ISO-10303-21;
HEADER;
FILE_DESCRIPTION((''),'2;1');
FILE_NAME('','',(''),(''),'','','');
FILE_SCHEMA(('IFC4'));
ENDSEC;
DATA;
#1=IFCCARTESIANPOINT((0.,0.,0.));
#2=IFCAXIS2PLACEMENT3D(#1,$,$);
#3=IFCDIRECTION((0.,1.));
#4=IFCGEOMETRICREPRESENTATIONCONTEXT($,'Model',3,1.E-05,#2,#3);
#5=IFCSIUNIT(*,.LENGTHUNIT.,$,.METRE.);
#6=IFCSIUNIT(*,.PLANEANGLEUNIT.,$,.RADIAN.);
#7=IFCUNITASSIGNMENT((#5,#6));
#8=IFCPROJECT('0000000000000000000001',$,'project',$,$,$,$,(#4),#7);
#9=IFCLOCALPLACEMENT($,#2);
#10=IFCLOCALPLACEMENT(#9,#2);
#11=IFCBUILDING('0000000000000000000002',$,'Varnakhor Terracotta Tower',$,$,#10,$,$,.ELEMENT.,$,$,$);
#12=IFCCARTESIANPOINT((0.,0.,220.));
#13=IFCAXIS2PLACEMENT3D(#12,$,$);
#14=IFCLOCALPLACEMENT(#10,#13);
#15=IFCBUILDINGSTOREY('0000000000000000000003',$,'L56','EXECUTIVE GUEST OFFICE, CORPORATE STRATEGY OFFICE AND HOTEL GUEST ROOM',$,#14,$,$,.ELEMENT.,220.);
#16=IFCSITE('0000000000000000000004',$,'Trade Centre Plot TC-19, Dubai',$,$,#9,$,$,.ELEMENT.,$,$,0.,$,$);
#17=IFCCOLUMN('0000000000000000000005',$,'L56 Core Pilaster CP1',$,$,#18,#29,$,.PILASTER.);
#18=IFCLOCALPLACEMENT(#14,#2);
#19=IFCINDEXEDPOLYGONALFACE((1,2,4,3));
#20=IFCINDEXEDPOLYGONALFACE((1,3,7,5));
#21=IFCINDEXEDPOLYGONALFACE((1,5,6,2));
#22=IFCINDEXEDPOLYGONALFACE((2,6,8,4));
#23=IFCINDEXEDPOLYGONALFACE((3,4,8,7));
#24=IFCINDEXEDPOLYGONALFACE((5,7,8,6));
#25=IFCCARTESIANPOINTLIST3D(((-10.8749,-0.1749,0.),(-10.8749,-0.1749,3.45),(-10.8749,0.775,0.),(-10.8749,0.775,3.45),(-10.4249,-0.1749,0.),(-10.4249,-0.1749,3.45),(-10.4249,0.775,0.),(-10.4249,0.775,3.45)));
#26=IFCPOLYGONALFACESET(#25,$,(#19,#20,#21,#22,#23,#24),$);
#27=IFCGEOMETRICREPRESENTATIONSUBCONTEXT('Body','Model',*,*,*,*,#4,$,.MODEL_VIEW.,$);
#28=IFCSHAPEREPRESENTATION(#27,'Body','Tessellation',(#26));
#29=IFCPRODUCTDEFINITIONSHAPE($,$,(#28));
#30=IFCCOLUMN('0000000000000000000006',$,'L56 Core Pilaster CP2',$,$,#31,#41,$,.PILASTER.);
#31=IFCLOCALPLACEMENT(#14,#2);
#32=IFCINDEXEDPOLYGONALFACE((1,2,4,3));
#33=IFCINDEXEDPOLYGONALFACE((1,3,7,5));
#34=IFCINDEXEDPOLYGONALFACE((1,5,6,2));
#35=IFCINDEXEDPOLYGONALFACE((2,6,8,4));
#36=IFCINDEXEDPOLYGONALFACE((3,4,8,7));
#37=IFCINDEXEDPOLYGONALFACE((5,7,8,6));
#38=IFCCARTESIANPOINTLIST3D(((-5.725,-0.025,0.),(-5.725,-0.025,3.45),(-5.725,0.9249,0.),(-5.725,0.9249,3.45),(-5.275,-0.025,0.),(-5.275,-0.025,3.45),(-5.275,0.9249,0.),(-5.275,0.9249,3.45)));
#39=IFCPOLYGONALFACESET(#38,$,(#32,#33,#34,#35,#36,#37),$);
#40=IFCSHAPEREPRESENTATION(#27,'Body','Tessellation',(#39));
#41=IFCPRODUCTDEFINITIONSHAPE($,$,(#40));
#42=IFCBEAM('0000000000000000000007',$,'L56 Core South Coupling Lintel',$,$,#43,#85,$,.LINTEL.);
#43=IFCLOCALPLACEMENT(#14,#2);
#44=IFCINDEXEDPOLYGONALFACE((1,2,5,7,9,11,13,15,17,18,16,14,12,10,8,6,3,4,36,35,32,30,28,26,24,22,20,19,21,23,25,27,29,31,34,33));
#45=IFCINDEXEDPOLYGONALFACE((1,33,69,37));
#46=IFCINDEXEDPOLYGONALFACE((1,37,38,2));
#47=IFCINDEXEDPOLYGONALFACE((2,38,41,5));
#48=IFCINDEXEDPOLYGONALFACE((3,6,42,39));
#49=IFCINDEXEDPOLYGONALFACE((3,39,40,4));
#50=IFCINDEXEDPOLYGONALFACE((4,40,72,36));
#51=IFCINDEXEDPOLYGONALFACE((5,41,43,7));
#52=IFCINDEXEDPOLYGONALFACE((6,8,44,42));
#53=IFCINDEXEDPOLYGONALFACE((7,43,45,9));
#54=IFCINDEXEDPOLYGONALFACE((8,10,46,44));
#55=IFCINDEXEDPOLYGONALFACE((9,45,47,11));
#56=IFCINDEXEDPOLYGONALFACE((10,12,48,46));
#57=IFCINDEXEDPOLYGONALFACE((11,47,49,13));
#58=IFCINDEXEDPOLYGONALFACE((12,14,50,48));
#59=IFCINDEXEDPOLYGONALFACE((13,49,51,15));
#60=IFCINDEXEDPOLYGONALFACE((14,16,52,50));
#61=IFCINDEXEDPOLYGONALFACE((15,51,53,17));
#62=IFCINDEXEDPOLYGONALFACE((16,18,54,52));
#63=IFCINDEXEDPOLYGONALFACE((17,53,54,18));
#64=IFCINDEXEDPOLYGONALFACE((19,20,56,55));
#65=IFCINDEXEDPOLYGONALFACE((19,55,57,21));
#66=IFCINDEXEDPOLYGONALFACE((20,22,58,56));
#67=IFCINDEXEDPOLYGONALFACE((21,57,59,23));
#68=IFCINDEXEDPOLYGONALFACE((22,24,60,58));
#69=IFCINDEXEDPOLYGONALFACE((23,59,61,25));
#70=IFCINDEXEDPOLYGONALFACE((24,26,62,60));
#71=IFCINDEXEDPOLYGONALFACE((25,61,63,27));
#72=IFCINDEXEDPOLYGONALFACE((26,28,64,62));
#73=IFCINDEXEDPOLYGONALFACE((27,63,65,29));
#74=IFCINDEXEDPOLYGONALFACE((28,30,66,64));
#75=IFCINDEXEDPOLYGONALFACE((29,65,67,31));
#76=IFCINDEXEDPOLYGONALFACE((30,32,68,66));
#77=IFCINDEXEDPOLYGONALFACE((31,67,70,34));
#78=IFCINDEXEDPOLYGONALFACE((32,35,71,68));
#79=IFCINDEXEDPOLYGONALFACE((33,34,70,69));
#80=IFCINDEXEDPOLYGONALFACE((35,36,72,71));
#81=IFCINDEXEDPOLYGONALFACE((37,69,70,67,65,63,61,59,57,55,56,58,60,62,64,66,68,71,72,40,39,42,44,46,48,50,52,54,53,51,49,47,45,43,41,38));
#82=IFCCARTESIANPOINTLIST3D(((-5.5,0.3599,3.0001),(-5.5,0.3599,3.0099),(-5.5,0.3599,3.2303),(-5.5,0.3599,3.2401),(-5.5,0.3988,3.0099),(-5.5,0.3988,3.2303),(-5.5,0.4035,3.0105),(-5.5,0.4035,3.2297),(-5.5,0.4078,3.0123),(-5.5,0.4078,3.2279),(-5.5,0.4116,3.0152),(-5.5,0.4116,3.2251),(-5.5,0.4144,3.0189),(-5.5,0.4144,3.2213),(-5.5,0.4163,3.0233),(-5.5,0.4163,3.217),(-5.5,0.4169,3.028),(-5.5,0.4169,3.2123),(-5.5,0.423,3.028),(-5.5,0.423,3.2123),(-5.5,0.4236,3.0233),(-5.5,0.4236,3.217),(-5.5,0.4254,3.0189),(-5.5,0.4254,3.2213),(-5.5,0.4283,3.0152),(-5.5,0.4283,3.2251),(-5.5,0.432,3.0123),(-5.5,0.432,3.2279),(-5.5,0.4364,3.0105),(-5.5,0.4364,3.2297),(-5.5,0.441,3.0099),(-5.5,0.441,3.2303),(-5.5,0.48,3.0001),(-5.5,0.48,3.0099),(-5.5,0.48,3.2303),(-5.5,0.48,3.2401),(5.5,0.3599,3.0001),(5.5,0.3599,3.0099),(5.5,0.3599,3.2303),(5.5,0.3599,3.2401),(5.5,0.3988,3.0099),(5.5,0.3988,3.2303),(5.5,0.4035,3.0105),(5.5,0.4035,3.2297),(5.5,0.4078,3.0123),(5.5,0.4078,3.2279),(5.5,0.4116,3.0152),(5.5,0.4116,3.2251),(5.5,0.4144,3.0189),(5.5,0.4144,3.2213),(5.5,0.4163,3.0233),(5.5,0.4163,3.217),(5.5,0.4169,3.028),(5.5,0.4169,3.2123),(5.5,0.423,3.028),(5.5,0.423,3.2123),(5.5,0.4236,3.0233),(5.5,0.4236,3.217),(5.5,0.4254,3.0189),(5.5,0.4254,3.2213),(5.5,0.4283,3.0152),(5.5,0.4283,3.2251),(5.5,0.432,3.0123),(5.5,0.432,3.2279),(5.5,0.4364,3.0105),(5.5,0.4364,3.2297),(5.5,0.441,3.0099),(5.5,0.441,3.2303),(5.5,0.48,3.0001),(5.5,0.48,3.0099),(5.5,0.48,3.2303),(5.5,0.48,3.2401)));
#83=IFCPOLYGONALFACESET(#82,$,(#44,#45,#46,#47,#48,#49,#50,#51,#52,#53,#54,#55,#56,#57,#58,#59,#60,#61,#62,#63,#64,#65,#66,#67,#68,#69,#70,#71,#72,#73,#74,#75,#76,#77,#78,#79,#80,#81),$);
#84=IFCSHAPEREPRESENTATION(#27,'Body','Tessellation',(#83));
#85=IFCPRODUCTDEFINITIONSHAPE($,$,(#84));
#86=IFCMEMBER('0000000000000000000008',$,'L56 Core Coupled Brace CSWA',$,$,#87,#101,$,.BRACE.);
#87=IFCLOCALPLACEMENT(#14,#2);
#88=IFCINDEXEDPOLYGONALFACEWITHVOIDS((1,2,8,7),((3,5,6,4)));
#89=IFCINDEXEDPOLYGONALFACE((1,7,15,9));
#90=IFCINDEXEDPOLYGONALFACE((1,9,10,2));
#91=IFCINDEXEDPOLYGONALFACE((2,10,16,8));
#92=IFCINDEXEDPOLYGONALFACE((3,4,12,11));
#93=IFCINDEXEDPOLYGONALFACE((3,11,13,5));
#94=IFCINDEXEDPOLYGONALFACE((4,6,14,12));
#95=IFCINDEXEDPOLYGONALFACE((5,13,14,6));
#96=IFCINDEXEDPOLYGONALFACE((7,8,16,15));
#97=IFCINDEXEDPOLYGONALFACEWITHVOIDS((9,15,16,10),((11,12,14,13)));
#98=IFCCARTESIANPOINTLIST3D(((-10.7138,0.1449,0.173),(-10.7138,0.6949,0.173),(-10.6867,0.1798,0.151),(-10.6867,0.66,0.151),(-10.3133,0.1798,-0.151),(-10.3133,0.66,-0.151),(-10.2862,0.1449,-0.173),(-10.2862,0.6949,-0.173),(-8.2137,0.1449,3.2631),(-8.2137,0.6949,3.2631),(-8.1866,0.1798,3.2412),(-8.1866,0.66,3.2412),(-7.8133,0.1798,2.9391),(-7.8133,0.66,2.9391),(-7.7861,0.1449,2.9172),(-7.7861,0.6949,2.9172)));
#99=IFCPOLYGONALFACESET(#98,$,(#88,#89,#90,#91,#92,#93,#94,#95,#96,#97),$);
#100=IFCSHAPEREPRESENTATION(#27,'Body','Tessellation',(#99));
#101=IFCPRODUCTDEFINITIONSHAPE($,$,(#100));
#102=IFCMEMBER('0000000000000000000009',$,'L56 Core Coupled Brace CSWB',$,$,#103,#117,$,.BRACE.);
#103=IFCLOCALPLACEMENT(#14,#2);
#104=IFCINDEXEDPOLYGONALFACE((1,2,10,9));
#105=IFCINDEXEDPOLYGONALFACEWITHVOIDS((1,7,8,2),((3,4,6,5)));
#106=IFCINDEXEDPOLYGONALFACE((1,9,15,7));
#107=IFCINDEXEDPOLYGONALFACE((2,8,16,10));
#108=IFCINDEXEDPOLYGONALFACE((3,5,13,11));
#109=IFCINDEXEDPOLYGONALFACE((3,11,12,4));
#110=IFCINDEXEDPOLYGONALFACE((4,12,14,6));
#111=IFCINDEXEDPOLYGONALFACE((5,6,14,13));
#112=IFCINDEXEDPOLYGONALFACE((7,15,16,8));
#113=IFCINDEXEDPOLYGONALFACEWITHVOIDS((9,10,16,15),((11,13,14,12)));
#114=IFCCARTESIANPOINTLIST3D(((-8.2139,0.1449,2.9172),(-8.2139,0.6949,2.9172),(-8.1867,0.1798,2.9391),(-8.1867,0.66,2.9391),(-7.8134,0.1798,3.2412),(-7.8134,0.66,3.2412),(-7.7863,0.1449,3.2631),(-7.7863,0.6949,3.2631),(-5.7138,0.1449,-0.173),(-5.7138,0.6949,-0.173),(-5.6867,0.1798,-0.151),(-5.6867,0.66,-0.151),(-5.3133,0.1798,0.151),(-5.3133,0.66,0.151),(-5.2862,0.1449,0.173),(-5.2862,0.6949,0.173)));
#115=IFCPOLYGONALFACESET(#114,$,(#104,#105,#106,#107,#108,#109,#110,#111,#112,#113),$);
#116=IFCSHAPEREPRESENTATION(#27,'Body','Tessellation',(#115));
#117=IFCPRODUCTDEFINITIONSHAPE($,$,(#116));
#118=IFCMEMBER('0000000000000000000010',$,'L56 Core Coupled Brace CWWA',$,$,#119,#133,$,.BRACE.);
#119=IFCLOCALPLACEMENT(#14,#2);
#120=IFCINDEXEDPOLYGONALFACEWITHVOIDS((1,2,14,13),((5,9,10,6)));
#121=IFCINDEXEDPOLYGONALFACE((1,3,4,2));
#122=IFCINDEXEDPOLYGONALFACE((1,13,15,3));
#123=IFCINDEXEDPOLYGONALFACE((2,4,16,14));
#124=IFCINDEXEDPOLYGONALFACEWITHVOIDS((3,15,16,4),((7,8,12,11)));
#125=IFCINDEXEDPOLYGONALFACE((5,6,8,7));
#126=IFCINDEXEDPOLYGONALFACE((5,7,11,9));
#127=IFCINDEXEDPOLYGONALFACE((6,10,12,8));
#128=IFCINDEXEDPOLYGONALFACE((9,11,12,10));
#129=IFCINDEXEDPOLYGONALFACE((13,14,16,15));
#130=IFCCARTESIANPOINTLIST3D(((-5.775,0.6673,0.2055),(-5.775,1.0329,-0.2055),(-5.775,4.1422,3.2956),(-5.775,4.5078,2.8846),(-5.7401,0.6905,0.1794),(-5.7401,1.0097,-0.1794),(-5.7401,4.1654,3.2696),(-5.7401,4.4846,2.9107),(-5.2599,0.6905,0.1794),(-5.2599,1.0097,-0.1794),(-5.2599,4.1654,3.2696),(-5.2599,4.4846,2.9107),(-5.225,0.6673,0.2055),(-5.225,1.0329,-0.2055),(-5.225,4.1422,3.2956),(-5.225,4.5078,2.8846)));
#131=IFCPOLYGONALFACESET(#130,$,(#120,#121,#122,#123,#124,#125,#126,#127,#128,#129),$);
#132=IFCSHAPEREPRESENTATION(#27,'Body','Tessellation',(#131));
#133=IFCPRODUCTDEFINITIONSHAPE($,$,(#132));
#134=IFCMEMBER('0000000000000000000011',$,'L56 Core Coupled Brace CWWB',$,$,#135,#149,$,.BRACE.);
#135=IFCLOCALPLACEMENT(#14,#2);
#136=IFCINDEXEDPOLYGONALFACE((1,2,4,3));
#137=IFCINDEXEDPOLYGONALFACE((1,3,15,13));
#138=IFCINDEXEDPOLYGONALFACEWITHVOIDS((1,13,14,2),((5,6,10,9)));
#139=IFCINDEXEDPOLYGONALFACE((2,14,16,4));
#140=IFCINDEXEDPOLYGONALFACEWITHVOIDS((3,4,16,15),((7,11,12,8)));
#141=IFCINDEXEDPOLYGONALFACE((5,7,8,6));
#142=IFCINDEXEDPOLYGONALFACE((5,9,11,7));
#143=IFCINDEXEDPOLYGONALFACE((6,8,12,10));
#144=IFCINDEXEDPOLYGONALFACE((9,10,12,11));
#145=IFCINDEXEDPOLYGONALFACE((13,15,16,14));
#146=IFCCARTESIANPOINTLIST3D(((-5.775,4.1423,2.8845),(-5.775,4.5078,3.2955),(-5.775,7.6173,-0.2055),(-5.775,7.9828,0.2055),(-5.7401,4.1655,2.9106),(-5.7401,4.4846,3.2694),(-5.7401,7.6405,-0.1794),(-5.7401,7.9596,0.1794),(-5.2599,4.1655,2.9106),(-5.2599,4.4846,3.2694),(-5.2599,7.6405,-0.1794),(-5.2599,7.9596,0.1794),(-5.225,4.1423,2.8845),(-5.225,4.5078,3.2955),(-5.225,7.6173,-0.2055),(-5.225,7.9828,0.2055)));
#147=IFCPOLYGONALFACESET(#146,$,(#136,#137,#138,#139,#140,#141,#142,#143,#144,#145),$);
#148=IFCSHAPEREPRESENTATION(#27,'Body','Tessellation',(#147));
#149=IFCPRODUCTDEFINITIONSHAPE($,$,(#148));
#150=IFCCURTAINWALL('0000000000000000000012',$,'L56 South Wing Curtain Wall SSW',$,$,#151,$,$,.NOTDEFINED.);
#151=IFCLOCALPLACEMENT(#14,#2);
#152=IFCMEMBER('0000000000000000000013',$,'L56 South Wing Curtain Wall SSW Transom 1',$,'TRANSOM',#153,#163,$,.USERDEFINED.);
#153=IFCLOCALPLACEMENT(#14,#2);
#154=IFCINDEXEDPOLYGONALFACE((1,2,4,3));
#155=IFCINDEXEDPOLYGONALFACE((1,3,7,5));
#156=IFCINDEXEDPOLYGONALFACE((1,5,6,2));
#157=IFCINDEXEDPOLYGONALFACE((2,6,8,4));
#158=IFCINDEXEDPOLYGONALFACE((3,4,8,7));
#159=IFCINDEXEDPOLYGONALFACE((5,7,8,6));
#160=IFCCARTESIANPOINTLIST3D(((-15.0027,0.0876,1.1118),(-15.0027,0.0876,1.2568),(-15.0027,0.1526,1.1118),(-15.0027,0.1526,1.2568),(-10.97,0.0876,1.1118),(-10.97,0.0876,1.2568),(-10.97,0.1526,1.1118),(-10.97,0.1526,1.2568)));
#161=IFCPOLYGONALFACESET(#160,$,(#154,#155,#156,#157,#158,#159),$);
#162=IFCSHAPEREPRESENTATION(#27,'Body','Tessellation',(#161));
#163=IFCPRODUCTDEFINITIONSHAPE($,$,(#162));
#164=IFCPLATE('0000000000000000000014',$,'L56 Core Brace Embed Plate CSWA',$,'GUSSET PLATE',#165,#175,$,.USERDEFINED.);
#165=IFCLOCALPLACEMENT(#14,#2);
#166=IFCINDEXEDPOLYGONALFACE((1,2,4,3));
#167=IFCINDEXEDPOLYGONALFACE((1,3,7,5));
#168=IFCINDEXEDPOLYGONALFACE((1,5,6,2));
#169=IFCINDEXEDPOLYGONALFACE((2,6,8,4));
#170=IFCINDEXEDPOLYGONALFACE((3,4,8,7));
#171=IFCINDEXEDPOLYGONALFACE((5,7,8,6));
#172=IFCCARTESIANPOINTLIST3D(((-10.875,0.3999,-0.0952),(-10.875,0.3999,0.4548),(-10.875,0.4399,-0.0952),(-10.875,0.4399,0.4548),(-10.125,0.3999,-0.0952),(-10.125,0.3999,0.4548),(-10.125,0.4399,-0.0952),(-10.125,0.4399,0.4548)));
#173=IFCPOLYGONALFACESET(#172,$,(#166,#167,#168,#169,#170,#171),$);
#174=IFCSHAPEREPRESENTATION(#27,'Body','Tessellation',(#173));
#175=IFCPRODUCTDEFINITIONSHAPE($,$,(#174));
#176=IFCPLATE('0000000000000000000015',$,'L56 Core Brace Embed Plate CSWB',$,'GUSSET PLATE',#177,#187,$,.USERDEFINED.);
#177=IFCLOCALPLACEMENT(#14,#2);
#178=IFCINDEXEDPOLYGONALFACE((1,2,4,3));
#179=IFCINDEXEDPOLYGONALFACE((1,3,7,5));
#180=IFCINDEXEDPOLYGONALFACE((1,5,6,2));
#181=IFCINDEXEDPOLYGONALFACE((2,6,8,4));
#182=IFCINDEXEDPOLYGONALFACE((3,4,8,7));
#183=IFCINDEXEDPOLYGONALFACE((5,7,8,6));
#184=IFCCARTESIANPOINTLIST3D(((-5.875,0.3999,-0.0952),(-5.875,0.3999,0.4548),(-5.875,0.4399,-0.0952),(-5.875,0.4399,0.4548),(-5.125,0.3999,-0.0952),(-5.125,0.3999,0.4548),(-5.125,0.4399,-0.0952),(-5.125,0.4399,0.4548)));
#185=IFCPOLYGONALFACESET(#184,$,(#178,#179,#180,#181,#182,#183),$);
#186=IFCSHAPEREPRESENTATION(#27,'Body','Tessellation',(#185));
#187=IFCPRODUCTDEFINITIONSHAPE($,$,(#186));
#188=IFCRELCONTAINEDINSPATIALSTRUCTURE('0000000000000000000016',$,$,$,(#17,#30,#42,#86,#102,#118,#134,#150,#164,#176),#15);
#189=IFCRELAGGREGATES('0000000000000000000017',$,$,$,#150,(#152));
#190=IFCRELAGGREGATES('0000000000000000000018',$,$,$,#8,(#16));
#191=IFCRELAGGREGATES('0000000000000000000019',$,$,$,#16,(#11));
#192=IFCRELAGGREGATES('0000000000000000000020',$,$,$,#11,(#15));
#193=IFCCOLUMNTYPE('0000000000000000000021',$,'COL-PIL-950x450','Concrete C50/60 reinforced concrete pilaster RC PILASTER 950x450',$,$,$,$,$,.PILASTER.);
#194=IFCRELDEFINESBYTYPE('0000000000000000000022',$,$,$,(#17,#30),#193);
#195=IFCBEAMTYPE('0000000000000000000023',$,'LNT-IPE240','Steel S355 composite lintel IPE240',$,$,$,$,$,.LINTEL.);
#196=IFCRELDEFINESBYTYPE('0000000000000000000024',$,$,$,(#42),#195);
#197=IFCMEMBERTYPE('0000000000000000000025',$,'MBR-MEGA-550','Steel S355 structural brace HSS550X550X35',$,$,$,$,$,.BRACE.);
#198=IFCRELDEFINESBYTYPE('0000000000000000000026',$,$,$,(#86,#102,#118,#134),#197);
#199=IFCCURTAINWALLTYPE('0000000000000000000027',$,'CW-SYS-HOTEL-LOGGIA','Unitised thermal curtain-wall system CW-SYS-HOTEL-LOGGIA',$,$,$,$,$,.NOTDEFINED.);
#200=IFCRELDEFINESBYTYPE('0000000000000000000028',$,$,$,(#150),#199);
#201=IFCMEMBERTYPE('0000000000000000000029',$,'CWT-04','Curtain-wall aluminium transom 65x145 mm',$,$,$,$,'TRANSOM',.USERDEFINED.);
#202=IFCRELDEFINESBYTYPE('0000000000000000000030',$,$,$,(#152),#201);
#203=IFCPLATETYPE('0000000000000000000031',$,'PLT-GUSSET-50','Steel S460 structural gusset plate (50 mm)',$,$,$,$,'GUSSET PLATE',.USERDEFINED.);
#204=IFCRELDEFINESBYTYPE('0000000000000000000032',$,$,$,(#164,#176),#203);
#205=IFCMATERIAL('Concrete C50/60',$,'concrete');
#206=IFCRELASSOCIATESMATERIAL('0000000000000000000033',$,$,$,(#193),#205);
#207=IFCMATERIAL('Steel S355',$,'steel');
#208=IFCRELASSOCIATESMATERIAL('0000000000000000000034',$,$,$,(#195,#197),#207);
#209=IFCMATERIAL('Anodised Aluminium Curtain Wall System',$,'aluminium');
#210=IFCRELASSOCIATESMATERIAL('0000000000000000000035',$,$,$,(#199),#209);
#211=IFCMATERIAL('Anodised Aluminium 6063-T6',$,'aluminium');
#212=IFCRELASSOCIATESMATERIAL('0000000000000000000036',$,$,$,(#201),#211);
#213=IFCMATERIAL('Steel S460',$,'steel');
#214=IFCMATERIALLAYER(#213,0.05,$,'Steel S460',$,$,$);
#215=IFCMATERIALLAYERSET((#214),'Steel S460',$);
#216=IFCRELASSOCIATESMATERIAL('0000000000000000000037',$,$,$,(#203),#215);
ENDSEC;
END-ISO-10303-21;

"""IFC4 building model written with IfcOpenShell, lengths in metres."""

from ifc_helpers import new_model, si_unit, direction, frame, origin, origin_2d, place, context, subcontext, project, spatial, rectangle, hollow_rectangle, i_section, extrude, source, transform, mapped, material, layer, layer_set, material_profile, profile_set, type_object, type_shapes, element, aggregate, save


model = new_model("IFC4")

# Units and contexts
model_context = context("Model", 3, precision=1e-05, world=origin(), true_north=direction((0.0, 1.0)))
body_context = subcontext(model_context, "Body", "Model", "MODEL_VIEW")
ifc_project = project(units=[si_unit("LENGTHUNIT", "METRE"), si_unit("PLANEANGLEUNIT", "RADIAN")], contexts=[model_context])

# Site, building, storey
site_placement = place(None, origin())
site = spatial("IfcSite", under=ifc_project, at=site_placement, Name="Trade Centre Plot TC-19, Dubai", CompositionType="ELEMENT", RefElevation=0.0)
building_placement = place(site_placement, origin())
building = spatial("IfcBuilding", under=site, at=building_placement, Name="Varnakhor Terracotta Tower", CompositionType="ELEMENT")
storey_placement = place(building_placement, frame((0.0, 0.0, 220.0)))
storey = spatial("IfcBuildingStorey", under=building, at=storey_placement, Name="L56", Description="EXECUTIVE GUEST OFFICE, CORPORATE STRATEGY OFFICE AND HOTEL GUEST ROOM", CompositionType="ELEMENT", Elevation=220.0)

# Columns
ifc_material_1 = material(Name="Concrete C50/60", Category="concrete")
ifc_material_profile_1 = material_profile(ifc_material_1, rectangle(XDim=0.45, YDim=0.95, at=origin_2d()), Name="RC PILASTER 950x450")
ifc_profile_set_1 = profile_set([ifc_material_profile_1], Name="Concrete C50/60")
column_type = type_object("IfcColumnType", Name="COL-PIL-950x450", Description="Concrete C50/60 reinforced concrete pilaster RC PILASTER 950x450", PredefinedType="PILASTER", material=ifc_profile_set_1)
shared_shape_1 = source(origin(), body_context, "Body", "SweptSolid", [
    extrude(rectangle(XDim=0.45, YDim=0.95, at=origin_2d()), origin(), (0.0, 0.0, 1.0), 3.45),
])
for number, where, z_axis, x_axis, name in (
    (1, (-10.6499, 0.3, 0.0), (0.0, 0.0, 1.0), (1.0, 0.0, 0.0), "L56 Core Pilaster CP1"),
    (2, (-5.5, 0.45, 0.0), (0.0, 0.0, 1.0), (1.0, 0.0, 0.0), "L56 Core Pilaster CP2"),
):
    element("IfcColumn", number, at=place(storey_placement, frame(where, z_axis=z_axis, x_axis=x_axis)), inside=storey, type_object=column_type, Name=name, PredefinedType="PILASTER", context=body_context, shape_type="MappedRepresentation", body=[
        mapped(shared_shape_1, transform((0.0, 0.0, 0.0), scale=1.0)),
    ])

# Beam
ifc_material_2 = material(Name="Steel S355", Category="steel")
ifc_material_profile_2 = material_profile(ifc_material_2, i_section(OverallWidth=0.1201, OverallDepth=0.24, WebThickness=0.0061, FlangeThickness=0.0098, FilletRadius=0.0181, at=origin_2d()), Name="IPE240")
ifc_profile_set_2 = profile_set([ifc_material_profile_2], Name="Steel S355")
beam_type = type_object("IfcBeamType", Name="LNT-IPE240", Description="Steel S355 composite lintel IPE240", PredefinedType="LINTEL", material=ifc_profile_set_2)
shared_shape_2 = source(origin(), body_context, "Body", "SweptSolid", [
    extrude(i_section(OverallWidth=0.1201, OverallDepth=0.24, WebThickness=0.0061, FlangeThickness=0.0098, FilletRadius=0.0181, at=origin_2d()), origin(), (0.0, 0.0, 1.0), 11.0),
])
type_shapes(beam_type, [shared_shape_2])
beam_placement = place(storey_placement, frame((-5.5, 0.4199, 3.1201), z_axis=(1.0, 0.0, 0.0), x_axis=(0.0, 1.0, 0.0)))
element("IfcBeam", 3, at=beam_placement, inside=storey, type_object=beam_type, Name="L56 Core South Coupling Lintel", PredefinedType="LINTEL", context=body_context, shape_type="MappedRepresentation", body=[
    mapped(shared_shape_2, transform((0.0, 0.0, 0.0), scale=1.0)),
])

# Members
ifc_material_profile_3 = material_profile(ifc_material_2, hollow_rectangle(XDim=0.55, YDim=0.55, WallThickness=0.0349, at=origin_2d()), Name="HSS550X550X35")
ifc_profile_set_3 = profile_set([ifc_material_profile_3], Name="Steel S355")
member_type_1 = type_object("IfcMemberType", Name="MBR-MEGA-550", Description="Steel S355 structural brace HSS550X550X35", PredefinedType="BRACE", material=ifc_profile_set_3)
shared_shape_3 = source(origin(), body_context, "Body", "SweptSolid", [
    extrude(hollow_rectangle(XDim=0.55, YDim=0.55, WallThickness=0.0349, at=origin_2d()), origin(), (0.0, 0.0, 1.0), 3.9749),
])
for number, where, z_axis, x_axis, name in (
    (4, (-10.5, 0.4199, 0.0), (0.62897, 0.0, 0.777429), (0.0, 1.0, 0.0), "L56 Core Coupled Brace CSWA"),
    (5, (-5.5, 0.4199, 0.0), (-0.62897, 0.0, 0.777429), (0.0, -1.0, 0.0), "L56 Core Coupled Brace CSWB"),
):
    element("IfcMember", number, at=place(storey_placement, frame(where, z_axis=z_axis, x_axis=x_axis)), inside=storey, type_object=member_type_1, Name=name, PredefinedType="BRACE", context=body_context, shape_type="MappedRepresentation", body=[
        mapped(shared_shape_3, transform((0.0, 0.0, 0.0), scale=1.0)),
    ])
shared_shape_4 = source(origin(), body_context, "Body", "SweptSolid", [
    extrude(hollow_rectangle(XDim=0.55, YDim=0.55, WallThickness=0.0349, at=origin_2d()), origin(), (0.0, 0.0, 1.0), 4.6501),
])
for number, where, z_axis, x_axis, name in (
    (6, (-5.5, 0.8501, 0.0), (0.0, 0.747267, 0.664524), (-1.0, 0.0, 0.0), "L56 Core Coupled Brace CWWA"),
    (7, (-5.5, 7.8, 0.0), (0.0, -0.747291, 0.664497), (1.0, 0.0, 0.0), "L56 Core Coupled Brace CWWB"),
):
    element("IfcMember", number, at=place(storey_placement, frame(where, z_axis=z_axis, x_axis=x_axis)), inside=storey, type_object=member_type_1, Name=name, PredefinedType="BRACE", context=body_context, shape_type="MappedRepresentation", body=[
        mapped(shared_shape_4, transform((0.0, 0.0, 0.0), scale=1.0)),
    ])

# Curtain wall, member
ifc_material_3 = material(Name="Anodised Aluminium Curtain Wall System", Category="aluminium")
curtain_wall_type = type_object("IfcCurtainWallType", Name="CW-SYS-HOTEL-LOGGIA", Description="Unitised thermal curtain-wall system CW-SYS-HOTEL-LOGGIA", PredefinedType="NOTDEFINED", material=ifc_material_3)
curtain_wall_placement = place(storey_placement, origin())
curtain_wall = element("IfcCurtainWall", 8, at=curtain_wall_placement, inside=storey, type_object=curtain_wall_type, Name="L56 South Wing Curtain Wall SSW", PredefinedType="NOTDEFINED")
ifc_material_4 = material(Name="Anodised Aluminium 6063-T6", Category="aluminium")
ifc_material_profile_4 = material_profile(ifc_material_4, rectangle(XDim=0.0649, YDim=0.145, at=origin_2d()), Name="ALU TRANSOM 65x145")
ifc_profile_set_4 = profile_set([ifc_material_profile_4], Name="Anodised Aluminium 6063-T6")
member_type_2 = type_object("IfcMemberType", Name="CWT-04", Description="Curtain-wall aluminium transom 65x145 mm", ElementType="TRANSOM", PredefinedType="USERDEFINED", material=ifc_profile_set_4)
shared_shape_5 = source(origin(), body_context, "Body", "SweptSolid", [
    extrude(rectangle(XDim=0.0649, YDim=0.145, at=origin_2d()), origin(), (0.0, 0.0, 1.0), 4.0327),
])
member_placement = place(storey_placement, frame((-10.97, 0.1201, 1.1843), z_axis=(-1.0, 0.0, 0.0), x_axis=(0.0, -1.0, 0.0)))
member = element("IfcMember", 9, at=member_placement, type_object=member_type_2, Name="L56 South Wing Curtain Wall SSW Transom 1", ObjectType="TRANSOM", PredefinedType="USERDEFINED", context=body_context, shape_type="MappedRepresentation", body=[
    mapped(shared_shape_5, transform((0.0, 0.0, 0.0), scale=1.0)),
])
aggregate(curtain_wall, [member])

# Plates
ifc_material_5 = material(Name="Steel S460", Category="steel")
ifc_layer_1 = layer(ifc_material_5, 0.05, Name="Steel S460")
ifc_layer_set_1 = layer_set([ifc_layer_1], Name="Steel S460")
plate_type = type_object("IfcPlateType", Name="PLT-GUSSET-50", Description="Steel S460 structural gusset plate (50 mm)", ElementType="GUSSET PLATE", PredefinedType="USERDEFINED", material=ifc_layer_set_1)
shared_shape_6 = source(origin(), body_context, "Body", "SweptSolid", [
    extrude(rectangle(XDim=0.75, YDim=0.04, at=origin_2d()), origin(), (0.0, 0.0, 1.0), 0.55),
])
type_shapes(plate_type, [shared_shape_6])
for number, where, z_axis, x_axis, name in (
    (10, (-10.5, 0.4199, -0.0952), (0.0, 0.0, 1.0), (1.0, 0.0, 0.0), "L56 Core Brace Embed Plate CSWA"),
    (11, (-5.5, 0.4199, -0.0952), (0.0, 0.0, 1.0), (1.0, 0.0, 0.0), "L56 Core Brace Embed Plate CSWB"),
):
    element("IfcPlate", number, at=place(storey_placement, frame(where, z_axis=z_axis, x_axis=x_axis)), inside=storey, type_object=plate_type, Name=name, ObjectType="GUSSET PLATE", PredefinedType="USERDEFINED", context=body_context, shape_type="MappedRepresentation", body=[
        mapped(shared_shape_6, transform((0.0, 0.0, 0.0), scale=1.0)),
    ])

save(model, "model.ifc")
